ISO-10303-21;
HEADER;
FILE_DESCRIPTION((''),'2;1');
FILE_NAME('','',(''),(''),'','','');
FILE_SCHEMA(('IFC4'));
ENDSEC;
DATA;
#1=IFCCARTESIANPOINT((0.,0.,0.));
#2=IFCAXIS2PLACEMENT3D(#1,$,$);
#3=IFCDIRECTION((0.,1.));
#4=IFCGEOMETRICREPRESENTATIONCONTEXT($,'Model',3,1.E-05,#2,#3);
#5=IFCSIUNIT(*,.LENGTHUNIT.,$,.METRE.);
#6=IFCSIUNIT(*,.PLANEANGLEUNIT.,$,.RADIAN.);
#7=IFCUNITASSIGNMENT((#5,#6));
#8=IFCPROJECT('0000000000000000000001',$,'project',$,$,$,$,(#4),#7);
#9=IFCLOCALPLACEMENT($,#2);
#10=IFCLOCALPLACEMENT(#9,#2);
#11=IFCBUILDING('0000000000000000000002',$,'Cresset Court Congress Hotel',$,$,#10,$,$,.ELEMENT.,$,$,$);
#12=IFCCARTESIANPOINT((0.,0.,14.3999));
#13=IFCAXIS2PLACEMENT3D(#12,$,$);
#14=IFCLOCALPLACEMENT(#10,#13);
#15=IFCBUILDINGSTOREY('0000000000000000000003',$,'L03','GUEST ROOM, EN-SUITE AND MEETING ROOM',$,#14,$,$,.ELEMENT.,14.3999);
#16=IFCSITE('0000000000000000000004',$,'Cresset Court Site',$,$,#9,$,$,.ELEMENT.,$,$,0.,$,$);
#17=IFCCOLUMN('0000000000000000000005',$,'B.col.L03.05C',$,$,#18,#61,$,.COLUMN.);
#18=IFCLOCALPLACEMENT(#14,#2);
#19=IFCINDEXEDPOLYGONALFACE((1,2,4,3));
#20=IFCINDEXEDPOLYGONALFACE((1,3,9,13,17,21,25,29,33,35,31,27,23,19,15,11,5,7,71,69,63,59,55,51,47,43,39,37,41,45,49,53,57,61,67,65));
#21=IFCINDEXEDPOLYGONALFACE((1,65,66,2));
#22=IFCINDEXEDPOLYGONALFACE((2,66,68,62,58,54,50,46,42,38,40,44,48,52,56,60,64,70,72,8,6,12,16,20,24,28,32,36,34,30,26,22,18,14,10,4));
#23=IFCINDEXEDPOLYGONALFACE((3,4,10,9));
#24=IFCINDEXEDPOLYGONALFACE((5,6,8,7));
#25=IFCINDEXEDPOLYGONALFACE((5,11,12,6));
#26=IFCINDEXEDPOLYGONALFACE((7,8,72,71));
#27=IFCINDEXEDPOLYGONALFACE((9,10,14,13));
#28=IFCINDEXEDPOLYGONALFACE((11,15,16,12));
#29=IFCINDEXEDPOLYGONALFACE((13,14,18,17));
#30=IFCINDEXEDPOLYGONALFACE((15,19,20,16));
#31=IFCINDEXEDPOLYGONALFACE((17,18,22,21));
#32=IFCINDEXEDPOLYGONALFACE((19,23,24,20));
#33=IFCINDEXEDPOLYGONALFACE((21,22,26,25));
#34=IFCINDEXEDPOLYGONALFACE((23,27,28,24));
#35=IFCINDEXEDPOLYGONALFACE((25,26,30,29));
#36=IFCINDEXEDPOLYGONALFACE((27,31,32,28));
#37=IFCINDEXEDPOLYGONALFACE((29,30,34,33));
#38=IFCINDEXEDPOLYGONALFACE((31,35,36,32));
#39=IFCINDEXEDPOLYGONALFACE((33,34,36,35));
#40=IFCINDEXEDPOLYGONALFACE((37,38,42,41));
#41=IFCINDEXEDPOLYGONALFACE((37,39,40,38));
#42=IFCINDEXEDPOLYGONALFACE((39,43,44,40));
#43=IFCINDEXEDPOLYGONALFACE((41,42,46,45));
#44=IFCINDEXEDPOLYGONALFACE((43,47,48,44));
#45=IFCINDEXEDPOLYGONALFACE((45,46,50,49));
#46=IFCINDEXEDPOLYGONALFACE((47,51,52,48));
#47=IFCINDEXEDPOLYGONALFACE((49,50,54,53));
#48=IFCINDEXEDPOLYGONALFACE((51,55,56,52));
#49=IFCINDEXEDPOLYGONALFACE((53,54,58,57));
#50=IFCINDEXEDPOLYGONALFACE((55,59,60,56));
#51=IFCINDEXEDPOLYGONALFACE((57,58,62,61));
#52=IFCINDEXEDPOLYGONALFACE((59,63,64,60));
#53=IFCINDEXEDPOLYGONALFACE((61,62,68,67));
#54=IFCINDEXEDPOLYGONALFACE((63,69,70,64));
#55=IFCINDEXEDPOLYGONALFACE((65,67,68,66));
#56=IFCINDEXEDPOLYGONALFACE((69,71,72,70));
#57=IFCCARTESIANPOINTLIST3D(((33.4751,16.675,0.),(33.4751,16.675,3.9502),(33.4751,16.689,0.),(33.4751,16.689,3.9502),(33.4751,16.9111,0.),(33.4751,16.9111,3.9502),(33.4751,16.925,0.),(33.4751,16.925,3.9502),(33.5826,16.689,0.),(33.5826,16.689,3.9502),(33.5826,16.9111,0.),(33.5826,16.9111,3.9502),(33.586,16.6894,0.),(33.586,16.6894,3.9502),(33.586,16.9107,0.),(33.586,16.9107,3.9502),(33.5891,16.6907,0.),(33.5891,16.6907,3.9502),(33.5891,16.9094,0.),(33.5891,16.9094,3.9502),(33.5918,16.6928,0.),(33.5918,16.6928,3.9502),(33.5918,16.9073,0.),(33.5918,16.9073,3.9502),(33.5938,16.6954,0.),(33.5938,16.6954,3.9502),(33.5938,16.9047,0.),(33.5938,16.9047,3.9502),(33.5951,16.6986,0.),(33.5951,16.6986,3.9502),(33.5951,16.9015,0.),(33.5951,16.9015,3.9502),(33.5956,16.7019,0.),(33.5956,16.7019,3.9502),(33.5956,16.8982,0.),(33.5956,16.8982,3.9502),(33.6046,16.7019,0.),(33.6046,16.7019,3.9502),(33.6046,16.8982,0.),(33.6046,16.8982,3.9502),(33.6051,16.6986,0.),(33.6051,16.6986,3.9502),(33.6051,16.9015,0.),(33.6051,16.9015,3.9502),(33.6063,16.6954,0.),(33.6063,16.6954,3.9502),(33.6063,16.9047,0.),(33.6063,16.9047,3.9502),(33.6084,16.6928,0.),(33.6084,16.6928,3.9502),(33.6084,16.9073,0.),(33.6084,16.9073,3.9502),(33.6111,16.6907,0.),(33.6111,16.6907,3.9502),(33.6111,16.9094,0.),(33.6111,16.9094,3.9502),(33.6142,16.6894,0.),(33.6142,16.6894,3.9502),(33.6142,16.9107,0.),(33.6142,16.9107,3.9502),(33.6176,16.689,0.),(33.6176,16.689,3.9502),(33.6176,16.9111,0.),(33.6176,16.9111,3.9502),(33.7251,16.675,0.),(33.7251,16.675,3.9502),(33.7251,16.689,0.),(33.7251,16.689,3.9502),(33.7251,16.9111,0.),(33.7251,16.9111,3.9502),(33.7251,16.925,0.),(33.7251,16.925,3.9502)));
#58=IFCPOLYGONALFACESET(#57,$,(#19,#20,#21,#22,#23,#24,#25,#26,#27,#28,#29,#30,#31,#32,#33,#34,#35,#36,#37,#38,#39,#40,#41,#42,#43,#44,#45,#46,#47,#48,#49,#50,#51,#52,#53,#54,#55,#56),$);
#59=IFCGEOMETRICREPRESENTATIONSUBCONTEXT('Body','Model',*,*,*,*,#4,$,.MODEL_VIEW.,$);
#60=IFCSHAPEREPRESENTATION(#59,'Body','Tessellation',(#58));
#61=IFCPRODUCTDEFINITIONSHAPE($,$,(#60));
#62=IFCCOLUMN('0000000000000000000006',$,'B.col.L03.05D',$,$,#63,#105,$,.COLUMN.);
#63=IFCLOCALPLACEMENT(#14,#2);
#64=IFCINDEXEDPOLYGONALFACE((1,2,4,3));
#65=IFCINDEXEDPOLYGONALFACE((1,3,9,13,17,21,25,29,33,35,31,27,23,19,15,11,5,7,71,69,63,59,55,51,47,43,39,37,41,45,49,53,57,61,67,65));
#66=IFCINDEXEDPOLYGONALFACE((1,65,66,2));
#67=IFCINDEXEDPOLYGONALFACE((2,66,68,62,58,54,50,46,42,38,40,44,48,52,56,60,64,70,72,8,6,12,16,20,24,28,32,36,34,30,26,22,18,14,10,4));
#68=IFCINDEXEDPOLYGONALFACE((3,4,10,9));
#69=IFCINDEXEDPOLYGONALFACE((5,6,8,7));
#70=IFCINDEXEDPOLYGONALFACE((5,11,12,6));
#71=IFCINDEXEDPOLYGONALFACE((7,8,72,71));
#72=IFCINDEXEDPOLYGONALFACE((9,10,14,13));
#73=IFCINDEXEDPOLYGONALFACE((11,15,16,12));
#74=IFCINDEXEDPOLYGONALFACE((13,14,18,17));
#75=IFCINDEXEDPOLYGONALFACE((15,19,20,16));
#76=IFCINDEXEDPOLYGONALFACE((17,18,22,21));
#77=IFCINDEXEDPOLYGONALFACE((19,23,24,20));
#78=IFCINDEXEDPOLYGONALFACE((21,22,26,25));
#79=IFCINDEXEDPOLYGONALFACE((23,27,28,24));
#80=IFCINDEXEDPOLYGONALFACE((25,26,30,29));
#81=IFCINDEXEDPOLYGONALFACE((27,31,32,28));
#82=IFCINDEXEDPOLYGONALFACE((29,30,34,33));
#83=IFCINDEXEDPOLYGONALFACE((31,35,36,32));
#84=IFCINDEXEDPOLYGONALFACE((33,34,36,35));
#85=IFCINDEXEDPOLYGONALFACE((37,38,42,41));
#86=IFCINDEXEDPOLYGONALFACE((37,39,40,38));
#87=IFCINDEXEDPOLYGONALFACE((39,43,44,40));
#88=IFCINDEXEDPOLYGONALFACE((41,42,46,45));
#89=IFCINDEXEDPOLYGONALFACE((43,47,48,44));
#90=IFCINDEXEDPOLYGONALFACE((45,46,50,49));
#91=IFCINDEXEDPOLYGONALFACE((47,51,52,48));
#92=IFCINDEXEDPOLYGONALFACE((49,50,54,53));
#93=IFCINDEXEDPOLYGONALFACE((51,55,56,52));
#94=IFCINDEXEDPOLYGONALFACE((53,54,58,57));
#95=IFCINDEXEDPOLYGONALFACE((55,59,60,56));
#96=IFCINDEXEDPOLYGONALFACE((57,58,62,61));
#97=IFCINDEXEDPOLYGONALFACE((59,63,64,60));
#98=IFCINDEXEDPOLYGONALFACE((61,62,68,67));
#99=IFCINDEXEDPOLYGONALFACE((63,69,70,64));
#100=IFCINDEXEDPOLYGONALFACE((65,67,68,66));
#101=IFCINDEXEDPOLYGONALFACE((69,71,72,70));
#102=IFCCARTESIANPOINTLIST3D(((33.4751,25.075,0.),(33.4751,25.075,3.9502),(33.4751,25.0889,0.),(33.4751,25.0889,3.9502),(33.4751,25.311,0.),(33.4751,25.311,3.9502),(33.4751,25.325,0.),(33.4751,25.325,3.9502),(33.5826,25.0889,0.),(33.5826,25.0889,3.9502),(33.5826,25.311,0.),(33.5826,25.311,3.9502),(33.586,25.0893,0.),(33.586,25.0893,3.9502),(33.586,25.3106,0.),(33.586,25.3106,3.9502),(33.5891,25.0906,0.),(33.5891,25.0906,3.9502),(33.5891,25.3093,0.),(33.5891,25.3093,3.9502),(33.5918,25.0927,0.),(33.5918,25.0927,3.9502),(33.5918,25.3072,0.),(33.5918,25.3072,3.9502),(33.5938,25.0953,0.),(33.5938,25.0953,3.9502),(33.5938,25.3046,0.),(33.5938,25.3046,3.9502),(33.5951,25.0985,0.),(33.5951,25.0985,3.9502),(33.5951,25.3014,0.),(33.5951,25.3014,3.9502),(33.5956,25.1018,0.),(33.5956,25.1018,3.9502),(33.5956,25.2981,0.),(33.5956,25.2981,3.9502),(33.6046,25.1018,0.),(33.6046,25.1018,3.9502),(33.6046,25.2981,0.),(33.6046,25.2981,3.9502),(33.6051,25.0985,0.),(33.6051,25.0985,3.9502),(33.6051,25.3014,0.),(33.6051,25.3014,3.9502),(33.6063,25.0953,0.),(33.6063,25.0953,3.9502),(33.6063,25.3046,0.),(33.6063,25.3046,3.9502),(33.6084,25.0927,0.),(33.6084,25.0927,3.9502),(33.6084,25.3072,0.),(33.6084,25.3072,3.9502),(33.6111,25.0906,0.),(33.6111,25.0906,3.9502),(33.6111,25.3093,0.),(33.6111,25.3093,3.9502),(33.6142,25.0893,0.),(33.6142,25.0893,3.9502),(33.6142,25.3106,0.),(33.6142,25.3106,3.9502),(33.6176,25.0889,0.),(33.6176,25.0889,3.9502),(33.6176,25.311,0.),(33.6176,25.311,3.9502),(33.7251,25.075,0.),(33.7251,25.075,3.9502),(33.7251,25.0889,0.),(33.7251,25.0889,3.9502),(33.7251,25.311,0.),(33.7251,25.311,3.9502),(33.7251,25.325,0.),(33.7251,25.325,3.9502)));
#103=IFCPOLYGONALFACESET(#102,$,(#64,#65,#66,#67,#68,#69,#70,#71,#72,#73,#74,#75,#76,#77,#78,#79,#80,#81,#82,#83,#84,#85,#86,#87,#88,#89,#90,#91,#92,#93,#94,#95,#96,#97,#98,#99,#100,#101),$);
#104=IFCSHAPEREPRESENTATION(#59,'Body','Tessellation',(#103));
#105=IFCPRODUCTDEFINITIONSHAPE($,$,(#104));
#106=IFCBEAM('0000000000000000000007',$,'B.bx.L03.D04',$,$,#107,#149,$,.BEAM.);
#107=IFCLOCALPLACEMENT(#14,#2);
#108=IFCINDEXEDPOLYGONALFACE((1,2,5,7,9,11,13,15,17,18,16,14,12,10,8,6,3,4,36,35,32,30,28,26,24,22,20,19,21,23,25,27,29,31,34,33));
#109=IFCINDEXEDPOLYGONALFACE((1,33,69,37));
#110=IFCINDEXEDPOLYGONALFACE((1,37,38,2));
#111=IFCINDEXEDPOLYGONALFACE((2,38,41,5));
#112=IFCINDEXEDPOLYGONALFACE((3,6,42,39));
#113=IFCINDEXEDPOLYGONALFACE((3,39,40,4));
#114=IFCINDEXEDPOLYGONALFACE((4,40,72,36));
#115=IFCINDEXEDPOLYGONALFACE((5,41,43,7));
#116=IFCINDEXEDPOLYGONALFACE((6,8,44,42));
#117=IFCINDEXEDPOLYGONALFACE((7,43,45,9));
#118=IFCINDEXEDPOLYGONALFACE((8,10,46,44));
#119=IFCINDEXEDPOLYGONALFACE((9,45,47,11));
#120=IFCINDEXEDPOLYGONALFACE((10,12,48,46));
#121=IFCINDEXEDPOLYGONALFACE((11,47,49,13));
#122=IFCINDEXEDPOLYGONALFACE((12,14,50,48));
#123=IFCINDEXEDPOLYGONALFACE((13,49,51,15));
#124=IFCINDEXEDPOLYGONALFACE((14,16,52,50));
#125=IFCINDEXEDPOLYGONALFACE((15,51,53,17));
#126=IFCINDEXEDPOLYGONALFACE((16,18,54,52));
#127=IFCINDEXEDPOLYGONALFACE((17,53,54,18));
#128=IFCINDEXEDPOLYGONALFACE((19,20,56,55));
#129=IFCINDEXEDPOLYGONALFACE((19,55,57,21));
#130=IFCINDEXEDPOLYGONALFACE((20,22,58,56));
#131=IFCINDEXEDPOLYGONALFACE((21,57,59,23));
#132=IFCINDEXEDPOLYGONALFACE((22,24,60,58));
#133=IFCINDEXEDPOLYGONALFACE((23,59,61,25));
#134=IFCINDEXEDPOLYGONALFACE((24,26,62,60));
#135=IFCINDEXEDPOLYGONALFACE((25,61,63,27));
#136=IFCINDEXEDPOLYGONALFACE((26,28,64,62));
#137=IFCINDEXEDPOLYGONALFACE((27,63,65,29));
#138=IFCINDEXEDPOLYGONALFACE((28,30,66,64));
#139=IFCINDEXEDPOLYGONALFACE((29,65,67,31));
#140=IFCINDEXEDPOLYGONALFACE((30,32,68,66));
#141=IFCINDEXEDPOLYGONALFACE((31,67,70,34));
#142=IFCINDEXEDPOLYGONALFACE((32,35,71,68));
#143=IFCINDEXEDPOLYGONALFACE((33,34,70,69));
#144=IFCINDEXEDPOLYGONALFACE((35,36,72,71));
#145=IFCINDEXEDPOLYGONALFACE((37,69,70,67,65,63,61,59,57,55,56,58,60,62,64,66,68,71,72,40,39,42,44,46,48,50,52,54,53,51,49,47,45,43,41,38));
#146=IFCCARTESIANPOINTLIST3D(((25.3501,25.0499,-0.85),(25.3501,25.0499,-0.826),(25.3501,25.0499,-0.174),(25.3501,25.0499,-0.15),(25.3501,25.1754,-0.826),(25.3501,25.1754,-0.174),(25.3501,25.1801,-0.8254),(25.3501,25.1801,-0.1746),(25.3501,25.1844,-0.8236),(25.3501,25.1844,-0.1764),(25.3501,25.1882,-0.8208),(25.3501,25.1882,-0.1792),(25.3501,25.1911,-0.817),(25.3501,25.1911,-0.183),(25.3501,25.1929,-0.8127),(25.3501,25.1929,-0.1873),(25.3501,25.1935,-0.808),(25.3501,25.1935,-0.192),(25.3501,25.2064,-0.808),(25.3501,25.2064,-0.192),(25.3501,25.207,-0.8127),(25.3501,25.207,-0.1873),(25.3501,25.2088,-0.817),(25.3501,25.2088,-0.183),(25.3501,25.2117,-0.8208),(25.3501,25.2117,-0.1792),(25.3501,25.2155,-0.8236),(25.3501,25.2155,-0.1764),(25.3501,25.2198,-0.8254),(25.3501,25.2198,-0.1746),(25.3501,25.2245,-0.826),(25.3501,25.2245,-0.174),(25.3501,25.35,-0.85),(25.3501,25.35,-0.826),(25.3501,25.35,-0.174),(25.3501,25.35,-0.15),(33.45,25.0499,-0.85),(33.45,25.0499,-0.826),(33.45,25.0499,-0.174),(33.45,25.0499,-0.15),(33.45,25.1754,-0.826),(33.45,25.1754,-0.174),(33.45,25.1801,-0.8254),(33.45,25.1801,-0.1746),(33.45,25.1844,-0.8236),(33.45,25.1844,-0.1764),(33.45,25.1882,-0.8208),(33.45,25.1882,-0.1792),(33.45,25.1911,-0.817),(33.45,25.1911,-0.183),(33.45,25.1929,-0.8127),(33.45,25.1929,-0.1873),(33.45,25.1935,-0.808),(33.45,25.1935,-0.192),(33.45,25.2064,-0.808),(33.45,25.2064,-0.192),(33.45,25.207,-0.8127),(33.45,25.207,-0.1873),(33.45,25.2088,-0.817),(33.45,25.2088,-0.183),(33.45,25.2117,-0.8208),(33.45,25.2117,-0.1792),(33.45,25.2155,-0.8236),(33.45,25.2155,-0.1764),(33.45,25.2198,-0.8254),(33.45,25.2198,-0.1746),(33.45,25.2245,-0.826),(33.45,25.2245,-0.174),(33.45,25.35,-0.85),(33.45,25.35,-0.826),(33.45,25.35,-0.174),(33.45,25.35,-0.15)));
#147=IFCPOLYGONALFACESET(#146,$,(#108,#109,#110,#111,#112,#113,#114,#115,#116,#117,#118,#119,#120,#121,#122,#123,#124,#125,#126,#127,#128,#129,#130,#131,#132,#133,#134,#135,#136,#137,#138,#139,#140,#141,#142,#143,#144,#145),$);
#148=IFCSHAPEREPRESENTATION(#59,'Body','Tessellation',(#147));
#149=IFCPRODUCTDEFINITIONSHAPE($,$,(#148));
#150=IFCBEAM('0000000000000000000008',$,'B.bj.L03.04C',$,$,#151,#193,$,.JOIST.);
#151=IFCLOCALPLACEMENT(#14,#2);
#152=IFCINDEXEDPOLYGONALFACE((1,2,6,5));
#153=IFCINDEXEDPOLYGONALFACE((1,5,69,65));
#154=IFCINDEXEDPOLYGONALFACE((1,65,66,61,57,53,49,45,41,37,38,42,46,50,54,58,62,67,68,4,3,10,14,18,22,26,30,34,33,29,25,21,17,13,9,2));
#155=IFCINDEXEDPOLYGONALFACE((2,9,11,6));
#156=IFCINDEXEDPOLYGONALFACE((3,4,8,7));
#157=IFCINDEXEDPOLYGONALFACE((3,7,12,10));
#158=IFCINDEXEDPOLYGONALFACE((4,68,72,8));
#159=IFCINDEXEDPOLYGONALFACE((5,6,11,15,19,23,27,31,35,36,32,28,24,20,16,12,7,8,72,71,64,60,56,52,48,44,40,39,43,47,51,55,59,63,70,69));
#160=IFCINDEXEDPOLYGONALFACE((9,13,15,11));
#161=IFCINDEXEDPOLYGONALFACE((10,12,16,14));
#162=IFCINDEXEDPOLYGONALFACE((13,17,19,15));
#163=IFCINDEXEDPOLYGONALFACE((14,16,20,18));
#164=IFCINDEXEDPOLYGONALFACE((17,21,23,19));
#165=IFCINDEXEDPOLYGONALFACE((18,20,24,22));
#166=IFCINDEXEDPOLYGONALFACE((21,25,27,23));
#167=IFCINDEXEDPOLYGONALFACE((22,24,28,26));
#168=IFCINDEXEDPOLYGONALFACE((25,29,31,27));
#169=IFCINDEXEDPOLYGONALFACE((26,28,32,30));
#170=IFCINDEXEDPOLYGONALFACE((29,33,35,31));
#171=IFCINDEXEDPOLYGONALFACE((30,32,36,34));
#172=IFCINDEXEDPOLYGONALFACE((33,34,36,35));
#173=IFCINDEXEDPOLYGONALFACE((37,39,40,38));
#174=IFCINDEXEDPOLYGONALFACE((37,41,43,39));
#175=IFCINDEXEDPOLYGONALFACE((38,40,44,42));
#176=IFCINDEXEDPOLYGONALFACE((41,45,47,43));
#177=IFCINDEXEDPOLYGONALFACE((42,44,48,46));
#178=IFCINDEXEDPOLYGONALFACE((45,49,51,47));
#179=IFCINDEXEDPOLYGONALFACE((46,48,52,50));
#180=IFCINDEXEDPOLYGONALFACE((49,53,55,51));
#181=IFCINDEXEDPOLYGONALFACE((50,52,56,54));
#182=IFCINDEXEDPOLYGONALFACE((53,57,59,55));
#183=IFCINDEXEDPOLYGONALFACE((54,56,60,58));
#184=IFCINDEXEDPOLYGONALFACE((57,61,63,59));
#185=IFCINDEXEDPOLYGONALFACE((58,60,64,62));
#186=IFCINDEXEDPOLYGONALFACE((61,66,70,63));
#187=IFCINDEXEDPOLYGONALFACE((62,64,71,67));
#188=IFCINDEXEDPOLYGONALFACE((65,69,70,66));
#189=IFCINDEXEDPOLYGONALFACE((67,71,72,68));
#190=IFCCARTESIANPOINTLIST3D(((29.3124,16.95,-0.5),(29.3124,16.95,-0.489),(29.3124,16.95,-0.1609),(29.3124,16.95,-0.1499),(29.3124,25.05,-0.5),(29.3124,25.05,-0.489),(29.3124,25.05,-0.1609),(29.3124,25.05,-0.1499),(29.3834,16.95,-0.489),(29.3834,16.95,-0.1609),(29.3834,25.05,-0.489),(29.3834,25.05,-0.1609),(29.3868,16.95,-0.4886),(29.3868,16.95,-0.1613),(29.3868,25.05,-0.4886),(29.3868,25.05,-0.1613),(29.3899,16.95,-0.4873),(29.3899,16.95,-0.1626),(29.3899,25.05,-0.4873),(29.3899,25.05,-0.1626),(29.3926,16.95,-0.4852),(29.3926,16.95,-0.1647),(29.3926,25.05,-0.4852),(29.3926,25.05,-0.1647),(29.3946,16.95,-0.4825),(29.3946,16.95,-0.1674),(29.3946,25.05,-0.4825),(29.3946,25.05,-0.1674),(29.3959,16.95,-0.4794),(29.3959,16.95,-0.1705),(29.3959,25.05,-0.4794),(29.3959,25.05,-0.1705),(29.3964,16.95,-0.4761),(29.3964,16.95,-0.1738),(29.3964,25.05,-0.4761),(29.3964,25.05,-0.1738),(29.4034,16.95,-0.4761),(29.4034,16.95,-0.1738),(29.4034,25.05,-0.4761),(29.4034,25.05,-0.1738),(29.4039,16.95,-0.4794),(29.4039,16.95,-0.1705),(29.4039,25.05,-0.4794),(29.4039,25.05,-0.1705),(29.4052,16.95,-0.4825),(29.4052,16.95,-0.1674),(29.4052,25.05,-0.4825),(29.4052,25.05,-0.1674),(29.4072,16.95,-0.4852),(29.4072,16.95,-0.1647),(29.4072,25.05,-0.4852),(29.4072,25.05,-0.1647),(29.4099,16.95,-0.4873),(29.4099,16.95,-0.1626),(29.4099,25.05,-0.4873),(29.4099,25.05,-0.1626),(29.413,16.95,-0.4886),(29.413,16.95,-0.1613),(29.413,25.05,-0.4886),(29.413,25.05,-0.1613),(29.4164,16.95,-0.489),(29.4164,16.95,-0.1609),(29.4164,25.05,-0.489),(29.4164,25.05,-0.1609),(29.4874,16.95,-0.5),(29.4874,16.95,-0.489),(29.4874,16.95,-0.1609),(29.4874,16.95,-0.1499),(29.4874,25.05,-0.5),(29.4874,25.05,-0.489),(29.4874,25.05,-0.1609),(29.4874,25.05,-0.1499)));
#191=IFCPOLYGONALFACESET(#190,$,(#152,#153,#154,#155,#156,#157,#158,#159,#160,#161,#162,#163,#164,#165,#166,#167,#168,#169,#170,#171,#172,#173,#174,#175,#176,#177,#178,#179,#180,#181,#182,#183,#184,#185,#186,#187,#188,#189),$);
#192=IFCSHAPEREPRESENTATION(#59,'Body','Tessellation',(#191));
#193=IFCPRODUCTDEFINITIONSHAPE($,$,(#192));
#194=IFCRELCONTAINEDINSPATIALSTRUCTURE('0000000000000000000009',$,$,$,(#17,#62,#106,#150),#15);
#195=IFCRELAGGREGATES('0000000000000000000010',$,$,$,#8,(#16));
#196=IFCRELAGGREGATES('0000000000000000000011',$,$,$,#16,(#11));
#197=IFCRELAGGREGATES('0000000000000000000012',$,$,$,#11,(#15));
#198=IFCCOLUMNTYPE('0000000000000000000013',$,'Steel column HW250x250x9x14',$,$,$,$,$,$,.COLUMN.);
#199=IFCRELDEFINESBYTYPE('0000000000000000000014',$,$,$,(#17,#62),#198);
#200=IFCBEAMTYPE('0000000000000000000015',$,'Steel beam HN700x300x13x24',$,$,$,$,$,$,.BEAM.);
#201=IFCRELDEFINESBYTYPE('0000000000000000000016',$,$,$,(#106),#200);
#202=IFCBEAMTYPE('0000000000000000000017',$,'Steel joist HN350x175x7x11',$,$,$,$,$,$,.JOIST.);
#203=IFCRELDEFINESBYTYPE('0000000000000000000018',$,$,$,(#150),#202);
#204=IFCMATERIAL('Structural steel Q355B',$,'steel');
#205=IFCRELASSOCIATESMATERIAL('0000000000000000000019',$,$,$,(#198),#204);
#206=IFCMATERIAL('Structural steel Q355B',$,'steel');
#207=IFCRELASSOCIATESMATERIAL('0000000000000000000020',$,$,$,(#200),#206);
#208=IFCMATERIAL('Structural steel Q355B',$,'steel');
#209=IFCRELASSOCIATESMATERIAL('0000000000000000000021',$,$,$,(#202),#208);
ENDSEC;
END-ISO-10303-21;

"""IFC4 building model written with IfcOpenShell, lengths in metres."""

from ifc_helpers import new_model, si_unit, direction, frame, origin, origin_2d, place, context, subcontext, project, spatial, i_section, extrude, material, material_profile, profile_set, type_object, element, save


model = new_model("IFC4")

# Units and contexts
model_context = context("Model", 3, precision=1e-05, world=origin(), true_north=direction((0.0, 1.0)))
body_context = subcontext(model_context, "Body", "Model", "MODEL_VIEW")
ifc_project = project(units=[si_unit("LENGTHUNIT", "METRE"), si_unit("PLANEANGLEUNIT", "RADIAN")], contexts=[model_context])

# Site, building, storey
site_placement = place(None, origin())
site = spatial("IfcSite", under=ifc_project, at=site_placement, Name="Cresset Court Site", CompositionType="ELEMENT", RefElevation=0.0)
building_placement = place(site_placement, origin())
building = spatial("IfcBuilding", under=site, at=building_placement, Name="Cresset Court Congress Hotel", CompositionType="ELEMENT")
storey_placement = place(building_placement, frame((0.0, 0.0, 14.3999)))
storey = spatial("IfcBuildingStorey", under=building, at=storey_placement, Name="L03", Description="GUEST ROOM, EN-SUITE AND MEETING ROOM", CompositionType="ELEMENT", Elevation=14.3999)

# Columns
ifc_material_1 = material(Name="Structural steel Q355B", Category="steel")
ifc_material_profile_1 = material_profile(ifc_material_1, i_section(OverallWidth=0.25, OverallDepth=0.25, WebThickness=0.009, FlangeThickness=0.0139, FilletRadius=0.0129, at=origin_2d()), Name="HW250x250x9x14")
ifc_profile_set_1 = profile_set([ifc_material_profile_1], Name="Structural steel Q355B")
column_type = type_object("IfcColumnType", Name="Steel column HW250x250x9x14", PredefinedType="COLUMN", material=ifc_profile_set_1)
for number, where, z_axis, x_axis, name in (
    (1, (33.6001, 16.8, 0.0), (0.0, 0.0, 1.0), (1.0, 0.0, 0.0), "B.col.L03.05C"),
    (2, (33.6001, 25.2, 0.0), (0.0, 0.0, 1.0), (1.0, 0.0, 0.0), "B.col.L03.05D"),
):
    element("IfcColumn", number, at=place(storey_placement, frame(where, z_axis=z_axis, x_axis=x_axis)), inside=storey, type_object=column_type, Name=name, PredefinedType="COLUMN", context=body_context, shape_type="SweptSolid", body=[
        extrude(i_section(OverallWidth=0.25, OverallDepth=0.25, WebThickness=0.009, FlangeThickness=0.0139, FilletRadius=0.0129, at=origin_2d()), origin(), (0.0, 0.0, 1.0), 3.9502),
    ])

# Beams
ifc_material_2 = material(Name="Structural steel Q355B", Category="steel")
ifc_material_profile_2 = material_profile(ifc_material_2, i_section(OverallWidth=0.3, OverallDepth=0.7, WebThickness=0.0129, FlangeThickness=0.0239, FilletRadius=0.0181, at=origin_2d()), Name="HN700x300x13x24")
ifc_profile_set_2 = profile_set([ifc_material_profile_2], Name="Structural steel Q355B")
beam_type_1 = type_object("IfcBeamType", Name="Steel beam HN700x300x13x24", PredefinedType="BEAM", material=ifc_profile_set_2)
beam_1_placement = place(storey_placement, frame((25.3501, 25.2, -0.5), z_axis=(1.0, 0.0, 0.0), x_axis=(0.0, 1.0, 0.0)))
element("IfcBeam", 3, at=beam_1_placement, inside=storey, type_object=beam_type_1, Name="B.bx.L03.D04", PredefinedType="BEAM", context=body_context, shape_type="SweptSolid", body=[
    extrude(i_section(OverallWidth=0.3, OverallDepth=0.7, WebThickness=0.0129, FlangeThickness=0.0239, FilletRadius=0.0181, at=origin_2d()), origin(), (0.0, 0.0, 1.0), 8.0999),
])
ifc_material_3 = material(Name="Structural steel Q355B", Category="steel")
ifc_material_profile_3 = material_profile(ifc_material_3, i_section(OverallWidth=0.175, OverallDepth=0.3501, WebThickness=0.0071, FlangeThickness=0.011, FilletRadius=0.0129, at=origin_2d()), Name="HN350x175x7x11")
ifc_profile_set_3 = profile_set([ifc_material_profile_3], Name="Structural steel Q355B")
beam_type_2 = type_object("IfcBeamType", Name="Steel joist HN350x175x7x11", PredefinedType="JOIST", material=ifc_profile_set_3)
beam_2_placement = place(storey_placement, frame((29.3999, 16.95, -0.325), z_axis=(0.0, 1.0, 0.0), x_axis=(-1.0, 0.0, 0.0)))
element("IfcBeam", 4, at=beam_2_placement, inside=storey, type_object=beam_type_2, Name="B.bj.L03.04C", PredefinedType="JOIST", context=body_context, shape_type="SweptSolid", body=[
    extrude(i_section(OverallWidth=0.175, OverallDepth=0.3501, WebThickness=0.0071, FlangeThickness=0.011, FilletRadius=0.0129, at=origin_2d()), origin(), (0.0, 0.0, 1.0), 8.1001),
])

save(model, "model.ifc")
